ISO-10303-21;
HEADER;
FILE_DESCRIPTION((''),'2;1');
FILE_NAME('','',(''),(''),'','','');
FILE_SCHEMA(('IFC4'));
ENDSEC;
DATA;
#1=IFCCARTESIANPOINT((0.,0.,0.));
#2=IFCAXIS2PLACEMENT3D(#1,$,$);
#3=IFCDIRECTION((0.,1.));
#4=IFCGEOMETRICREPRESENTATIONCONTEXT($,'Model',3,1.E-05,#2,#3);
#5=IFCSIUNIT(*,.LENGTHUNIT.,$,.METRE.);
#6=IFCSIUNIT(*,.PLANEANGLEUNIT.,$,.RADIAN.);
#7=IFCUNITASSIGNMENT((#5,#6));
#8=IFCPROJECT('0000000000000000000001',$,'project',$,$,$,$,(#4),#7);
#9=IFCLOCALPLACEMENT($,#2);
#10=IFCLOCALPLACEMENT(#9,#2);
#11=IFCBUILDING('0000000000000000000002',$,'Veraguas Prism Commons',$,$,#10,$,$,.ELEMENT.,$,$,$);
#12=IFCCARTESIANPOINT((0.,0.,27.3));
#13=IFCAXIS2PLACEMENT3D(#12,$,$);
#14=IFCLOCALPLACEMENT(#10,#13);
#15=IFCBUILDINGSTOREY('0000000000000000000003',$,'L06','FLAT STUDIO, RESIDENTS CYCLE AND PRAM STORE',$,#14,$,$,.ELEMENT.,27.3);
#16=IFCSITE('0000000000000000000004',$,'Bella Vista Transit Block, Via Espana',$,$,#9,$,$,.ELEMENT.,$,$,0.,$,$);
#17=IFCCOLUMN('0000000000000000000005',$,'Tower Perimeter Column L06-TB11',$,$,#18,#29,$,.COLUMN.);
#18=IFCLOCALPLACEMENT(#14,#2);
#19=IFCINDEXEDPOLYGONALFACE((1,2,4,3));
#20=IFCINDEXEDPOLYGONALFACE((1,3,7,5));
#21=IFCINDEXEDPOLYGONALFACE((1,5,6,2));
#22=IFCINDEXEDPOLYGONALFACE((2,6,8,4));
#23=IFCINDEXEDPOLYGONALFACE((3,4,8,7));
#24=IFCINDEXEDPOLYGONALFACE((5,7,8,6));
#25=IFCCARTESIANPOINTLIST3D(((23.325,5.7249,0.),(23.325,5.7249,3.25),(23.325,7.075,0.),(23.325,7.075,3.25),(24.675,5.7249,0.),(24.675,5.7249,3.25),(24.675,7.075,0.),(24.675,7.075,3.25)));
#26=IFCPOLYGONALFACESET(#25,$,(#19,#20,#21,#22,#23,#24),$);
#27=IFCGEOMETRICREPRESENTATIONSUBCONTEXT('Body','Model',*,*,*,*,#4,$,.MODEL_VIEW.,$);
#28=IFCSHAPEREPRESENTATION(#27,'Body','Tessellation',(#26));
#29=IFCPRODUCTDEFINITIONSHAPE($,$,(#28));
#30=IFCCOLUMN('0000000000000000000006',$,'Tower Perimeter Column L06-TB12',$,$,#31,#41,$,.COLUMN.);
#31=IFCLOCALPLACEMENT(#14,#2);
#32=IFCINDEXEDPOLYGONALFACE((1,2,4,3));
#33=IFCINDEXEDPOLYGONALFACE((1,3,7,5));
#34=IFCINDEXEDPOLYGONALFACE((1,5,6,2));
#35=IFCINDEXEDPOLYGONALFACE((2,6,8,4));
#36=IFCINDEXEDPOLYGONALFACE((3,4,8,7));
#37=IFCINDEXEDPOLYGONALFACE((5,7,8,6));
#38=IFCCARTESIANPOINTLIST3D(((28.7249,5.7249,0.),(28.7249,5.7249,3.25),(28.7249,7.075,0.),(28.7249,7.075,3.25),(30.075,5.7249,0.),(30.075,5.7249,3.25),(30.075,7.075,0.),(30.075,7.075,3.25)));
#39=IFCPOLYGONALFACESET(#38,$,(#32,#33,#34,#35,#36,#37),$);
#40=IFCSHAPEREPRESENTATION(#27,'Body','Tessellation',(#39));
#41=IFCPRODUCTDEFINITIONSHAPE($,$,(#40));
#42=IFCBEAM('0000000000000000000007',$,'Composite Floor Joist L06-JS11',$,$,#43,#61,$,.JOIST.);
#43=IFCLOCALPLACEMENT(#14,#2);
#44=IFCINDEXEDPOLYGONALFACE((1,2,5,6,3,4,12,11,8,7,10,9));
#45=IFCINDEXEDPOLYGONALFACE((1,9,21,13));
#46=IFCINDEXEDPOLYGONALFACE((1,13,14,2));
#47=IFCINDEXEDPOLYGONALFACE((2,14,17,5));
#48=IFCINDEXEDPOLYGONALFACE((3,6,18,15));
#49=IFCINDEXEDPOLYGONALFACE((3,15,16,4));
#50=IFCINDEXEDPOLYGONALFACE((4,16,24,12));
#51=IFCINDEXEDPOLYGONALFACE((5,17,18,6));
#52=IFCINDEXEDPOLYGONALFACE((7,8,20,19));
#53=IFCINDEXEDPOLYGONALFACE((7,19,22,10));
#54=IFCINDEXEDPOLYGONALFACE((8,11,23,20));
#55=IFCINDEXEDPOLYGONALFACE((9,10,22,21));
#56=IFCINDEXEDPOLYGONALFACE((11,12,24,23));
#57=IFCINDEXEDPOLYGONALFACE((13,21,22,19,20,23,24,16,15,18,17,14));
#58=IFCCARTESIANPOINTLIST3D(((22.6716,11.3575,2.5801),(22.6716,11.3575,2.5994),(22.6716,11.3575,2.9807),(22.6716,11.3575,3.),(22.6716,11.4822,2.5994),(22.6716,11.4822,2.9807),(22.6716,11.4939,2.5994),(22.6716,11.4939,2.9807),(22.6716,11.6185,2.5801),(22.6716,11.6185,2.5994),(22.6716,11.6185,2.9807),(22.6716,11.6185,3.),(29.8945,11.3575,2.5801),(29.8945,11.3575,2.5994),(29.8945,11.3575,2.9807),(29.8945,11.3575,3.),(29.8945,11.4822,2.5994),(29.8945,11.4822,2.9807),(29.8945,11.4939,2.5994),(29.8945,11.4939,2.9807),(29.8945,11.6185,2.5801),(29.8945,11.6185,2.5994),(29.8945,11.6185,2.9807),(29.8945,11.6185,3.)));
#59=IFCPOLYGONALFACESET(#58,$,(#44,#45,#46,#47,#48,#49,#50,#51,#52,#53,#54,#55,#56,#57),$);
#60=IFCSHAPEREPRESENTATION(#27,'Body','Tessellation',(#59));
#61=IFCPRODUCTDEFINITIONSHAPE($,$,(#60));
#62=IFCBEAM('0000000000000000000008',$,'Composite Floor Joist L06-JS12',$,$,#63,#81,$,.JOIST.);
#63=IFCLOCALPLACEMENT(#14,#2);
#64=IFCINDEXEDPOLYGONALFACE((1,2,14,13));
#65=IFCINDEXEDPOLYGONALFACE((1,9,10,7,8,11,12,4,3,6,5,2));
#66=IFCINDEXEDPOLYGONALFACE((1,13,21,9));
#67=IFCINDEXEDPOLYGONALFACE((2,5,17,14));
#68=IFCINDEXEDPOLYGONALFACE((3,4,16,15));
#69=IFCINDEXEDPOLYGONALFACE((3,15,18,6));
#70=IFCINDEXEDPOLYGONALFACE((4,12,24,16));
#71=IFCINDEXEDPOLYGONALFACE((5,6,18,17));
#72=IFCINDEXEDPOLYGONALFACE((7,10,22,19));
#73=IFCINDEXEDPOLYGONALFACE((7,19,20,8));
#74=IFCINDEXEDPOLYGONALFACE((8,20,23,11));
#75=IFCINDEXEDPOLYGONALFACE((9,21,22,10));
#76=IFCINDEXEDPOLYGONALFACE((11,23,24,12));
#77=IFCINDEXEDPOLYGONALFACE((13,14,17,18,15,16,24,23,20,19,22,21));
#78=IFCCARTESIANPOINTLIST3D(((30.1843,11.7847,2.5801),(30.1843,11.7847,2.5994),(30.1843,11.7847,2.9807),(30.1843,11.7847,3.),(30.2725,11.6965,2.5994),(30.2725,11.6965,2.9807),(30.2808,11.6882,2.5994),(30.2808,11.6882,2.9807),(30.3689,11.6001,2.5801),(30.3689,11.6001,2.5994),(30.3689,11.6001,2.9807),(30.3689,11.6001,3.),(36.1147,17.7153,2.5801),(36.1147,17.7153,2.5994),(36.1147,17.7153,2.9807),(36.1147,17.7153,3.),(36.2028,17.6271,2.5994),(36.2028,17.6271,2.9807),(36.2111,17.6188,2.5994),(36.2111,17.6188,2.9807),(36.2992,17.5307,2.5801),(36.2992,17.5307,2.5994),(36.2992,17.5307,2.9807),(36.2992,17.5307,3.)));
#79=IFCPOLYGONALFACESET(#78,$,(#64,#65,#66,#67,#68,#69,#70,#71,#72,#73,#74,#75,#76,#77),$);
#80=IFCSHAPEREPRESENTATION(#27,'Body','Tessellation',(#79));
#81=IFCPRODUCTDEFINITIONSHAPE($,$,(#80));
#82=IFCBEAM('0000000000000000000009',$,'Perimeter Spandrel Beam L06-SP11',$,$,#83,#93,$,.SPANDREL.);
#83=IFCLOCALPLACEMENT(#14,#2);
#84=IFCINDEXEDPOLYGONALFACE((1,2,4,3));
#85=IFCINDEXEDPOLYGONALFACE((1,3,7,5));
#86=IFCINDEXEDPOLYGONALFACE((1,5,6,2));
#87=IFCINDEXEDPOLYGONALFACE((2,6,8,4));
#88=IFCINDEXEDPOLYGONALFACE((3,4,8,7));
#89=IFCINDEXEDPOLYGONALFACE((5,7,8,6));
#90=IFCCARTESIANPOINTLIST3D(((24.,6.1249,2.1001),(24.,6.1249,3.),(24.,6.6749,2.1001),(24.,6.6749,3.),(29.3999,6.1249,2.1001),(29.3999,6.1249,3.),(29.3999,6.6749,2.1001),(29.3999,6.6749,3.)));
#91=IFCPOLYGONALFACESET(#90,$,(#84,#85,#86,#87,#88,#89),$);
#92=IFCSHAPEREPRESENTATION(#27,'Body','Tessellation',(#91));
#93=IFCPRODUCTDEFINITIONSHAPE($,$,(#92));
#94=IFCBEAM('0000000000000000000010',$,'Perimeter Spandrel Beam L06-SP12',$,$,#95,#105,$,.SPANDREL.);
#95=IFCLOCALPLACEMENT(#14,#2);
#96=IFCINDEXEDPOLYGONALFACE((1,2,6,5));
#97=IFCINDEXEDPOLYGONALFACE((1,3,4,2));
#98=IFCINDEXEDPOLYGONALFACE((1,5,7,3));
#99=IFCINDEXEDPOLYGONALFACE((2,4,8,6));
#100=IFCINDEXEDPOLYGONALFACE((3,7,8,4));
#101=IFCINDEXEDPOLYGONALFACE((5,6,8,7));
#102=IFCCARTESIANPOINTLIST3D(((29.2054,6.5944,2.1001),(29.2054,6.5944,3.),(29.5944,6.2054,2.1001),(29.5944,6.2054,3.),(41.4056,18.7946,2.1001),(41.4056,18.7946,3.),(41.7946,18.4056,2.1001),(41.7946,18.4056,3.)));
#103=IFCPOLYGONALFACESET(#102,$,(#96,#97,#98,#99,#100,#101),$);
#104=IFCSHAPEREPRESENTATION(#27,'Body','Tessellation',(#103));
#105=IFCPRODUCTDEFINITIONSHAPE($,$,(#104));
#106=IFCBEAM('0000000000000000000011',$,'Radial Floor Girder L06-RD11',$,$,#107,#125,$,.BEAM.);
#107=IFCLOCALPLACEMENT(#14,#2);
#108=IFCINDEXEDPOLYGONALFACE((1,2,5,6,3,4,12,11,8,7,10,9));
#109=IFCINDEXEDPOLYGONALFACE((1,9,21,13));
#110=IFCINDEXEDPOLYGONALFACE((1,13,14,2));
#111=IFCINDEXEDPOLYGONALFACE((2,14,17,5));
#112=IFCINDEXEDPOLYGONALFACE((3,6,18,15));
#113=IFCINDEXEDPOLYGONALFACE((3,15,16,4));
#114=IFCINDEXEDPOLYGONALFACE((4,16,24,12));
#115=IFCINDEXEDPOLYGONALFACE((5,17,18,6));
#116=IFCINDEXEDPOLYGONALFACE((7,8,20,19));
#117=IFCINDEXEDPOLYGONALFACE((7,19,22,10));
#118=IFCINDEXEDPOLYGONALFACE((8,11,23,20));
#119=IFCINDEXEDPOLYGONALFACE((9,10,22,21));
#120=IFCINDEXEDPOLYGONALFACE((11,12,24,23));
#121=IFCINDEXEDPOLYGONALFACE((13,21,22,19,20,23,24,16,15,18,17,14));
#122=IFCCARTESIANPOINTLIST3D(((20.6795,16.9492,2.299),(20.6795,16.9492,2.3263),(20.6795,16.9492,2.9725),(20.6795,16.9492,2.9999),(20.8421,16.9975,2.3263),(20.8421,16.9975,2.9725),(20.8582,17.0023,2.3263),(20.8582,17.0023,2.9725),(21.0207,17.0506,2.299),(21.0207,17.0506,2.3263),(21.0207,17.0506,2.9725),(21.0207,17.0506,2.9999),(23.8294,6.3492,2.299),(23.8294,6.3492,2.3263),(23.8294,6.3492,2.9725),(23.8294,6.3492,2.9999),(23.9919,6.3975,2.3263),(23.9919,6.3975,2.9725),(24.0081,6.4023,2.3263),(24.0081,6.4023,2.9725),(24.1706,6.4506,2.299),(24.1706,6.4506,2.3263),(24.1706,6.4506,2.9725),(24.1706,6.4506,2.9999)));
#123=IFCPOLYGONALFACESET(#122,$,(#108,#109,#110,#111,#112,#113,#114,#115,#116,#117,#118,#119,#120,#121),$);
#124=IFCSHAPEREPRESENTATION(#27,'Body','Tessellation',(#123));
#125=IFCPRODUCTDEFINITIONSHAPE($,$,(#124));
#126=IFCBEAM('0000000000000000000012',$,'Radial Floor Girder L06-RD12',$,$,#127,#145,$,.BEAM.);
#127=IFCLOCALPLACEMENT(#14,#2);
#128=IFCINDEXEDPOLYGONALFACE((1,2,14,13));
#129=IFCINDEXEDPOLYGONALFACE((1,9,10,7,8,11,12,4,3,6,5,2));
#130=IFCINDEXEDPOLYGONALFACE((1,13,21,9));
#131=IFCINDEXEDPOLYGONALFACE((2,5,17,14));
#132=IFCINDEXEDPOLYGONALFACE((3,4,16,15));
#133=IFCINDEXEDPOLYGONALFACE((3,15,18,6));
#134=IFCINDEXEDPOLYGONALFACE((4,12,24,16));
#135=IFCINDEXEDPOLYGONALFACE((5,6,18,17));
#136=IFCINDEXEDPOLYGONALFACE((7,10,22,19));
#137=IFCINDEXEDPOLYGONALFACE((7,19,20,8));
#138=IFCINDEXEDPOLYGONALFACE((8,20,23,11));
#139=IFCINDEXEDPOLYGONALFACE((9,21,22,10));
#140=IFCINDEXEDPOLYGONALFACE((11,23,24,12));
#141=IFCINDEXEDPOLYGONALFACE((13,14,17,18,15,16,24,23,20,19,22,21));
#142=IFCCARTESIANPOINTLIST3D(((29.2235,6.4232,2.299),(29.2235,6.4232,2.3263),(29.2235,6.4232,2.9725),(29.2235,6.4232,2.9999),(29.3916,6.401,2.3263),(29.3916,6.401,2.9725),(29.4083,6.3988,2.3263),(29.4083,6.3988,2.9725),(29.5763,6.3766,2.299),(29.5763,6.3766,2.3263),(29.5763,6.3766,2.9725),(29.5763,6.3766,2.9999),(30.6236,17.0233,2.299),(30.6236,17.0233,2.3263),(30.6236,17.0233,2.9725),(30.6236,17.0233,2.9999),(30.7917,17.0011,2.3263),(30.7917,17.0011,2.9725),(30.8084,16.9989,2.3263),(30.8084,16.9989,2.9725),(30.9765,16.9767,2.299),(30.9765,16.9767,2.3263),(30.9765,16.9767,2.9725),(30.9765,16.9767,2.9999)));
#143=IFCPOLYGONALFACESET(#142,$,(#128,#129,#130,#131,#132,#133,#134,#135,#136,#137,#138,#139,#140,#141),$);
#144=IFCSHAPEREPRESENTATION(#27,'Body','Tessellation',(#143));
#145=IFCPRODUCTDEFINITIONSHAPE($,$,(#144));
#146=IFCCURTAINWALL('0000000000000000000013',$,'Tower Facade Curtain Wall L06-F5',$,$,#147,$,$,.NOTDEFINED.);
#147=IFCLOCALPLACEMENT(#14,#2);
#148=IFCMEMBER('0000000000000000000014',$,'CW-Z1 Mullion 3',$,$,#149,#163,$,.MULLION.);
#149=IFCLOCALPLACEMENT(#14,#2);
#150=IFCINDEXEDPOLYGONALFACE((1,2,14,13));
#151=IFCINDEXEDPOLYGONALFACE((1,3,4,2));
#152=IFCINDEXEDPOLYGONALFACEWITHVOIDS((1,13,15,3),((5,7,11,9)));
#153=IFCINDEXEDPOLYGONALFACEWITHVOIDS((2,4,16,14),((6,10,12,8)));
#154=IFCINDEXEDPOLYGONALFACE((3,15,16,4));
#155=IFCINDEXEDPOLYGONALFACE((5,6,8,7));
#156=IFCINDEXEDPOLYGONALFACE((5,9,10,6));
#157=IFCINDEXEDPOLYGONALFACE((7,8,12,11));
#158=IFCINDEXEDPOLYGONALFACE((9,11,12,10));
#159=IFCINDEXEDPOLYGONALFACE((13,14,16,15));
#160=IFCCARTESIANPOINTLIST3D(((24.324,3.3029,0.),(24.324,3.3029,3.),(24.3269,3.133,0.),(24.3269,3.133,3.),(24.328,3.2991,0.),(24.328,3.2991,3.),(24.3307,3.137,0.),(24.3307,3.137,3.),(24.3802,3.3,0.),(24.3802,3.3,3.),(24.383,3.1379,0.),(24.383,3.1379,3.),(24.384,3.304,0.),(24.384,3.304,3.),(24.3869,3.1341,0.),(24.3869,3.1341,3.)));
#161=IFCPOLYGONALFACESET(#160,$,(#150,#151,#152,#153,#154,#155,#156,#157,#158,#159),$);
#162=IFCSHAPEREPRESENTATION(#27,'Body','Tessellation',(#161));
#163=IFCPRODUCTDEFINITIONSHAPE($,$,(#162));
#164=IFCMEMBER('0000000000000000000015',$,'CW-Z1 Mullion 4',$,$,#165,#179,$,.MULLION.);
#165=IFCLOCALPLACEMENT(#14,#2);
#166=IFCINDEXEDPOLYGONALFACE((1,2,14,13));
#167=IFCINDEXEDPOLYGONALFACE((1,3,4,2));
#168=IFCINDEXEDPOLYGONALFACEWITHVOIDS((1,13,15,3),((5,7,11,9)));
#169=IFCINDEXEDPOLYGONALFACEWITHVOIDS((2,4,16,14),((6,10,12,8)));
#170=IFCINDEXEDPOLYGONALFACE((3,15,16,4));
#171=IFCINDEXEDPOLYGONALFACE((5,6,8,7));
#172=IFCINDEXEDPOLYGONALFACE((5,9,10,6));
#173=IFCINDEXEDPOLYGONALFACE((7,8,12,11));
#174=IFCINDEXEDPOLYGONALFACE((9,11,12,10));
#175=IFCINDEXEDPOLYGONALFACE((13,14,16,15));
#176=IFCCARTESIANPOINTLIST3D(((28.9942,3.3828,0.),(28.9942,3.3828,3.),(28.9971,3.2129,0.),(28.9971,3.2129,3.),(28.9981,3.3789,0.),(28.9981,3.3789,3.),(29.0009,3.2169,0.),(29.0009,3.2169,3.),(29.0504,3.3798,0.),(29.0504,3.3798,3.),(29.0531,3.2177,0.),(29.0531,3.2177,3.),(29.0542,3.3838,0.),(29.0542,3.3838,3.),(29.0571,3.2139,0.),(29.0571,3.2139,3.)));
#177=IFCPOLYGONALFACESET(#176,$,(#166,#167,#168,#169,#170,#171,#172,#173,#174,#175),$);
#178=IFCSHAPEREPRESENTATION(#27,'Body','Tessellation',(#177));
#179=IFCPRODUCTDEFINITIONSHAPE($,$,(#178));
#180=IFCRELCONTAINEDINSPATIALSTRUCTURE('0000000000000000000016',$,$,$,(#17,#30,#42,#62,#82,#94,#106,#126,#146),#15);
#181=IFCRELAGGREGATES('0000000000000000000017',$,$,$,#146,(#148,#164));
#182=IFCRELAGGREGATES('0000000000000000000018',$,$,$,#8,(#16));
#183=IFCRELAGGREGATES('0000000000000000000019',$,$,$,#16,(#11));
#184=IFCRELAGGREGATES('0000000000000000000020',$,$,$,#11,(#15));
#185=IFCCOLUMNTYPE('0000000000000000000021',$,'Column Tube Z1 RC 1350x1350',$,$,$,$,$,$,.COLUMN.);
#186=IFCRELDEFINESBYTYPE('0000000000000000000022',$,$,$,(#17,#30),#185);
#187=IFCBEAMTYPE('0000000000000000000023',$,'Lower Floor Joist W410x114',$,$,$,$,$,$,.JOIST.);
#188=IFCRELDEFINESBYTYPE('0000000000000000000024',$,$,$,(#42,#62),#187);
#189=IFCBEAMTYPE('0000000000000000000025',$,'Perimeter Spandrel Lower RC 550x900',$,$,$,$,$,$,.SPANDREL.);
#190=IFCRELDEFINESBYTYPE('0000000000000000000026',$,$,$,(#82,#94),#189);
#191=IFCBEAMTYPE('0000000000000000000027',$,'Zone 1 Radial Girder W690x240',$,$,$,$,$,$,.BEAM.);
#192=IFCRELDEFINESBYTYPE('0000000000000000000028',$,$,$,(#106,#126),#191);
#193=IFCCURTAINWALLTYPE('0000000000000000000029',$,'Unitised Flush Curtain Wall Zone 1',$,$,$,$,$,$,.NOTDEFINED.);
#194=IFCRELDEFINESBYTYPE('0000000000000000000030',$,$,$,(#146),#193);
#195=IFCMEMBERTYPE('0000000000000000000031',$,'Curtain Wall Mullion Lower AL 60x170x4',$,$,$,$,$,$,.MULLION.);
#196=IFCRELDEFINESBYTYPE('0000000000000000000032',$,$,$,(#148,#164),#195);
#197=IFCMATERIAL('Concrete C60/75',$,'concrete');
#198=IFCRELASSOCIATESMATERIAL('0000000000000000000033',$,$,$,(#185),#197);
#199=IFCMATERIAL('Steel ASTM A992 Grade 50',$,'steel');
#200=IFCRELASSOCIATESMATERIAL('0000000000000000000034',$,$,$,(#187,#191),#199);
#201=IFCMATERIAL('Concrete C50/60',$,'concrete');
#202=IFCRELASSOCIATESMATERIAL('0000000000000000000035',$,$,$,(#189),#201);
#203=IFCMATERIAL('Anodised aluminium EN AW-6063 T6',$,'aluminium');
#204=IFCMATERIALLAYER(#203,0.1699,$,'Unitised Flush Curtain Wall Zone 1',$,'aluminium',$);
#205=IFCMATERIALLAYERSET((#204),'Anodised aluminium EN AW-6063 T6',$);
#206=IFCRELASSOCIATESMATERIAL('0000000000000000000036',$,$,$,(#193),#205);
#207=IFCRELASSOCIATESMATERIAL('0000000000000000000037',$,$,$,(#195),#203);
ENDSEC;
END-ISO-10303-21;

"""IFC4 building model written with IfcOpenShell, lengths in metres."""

from ifc_helpers import new_model, si_unit, direction, frame, origin, origin_2d, place, context, subcontext, project, spatial, rectangle, hollow_rectangle, i_section, extrude, source, transform, mapped, material, layer, layer_set, material_profile, profile_set, type_object, element, aggregate, save


model = new_model("IFC4")

# Units and contexts
model_context = context("Model", 3, precision=1e-05, world=origin(), true_north=direction((0.0, 1.0)))
body_context = subcontext(model_context, "Body", "Model", "MODEL_VIEW")
ifc_project = project(units=[si_unit("LENGTHUNIT", "METRE"), si_unit("PLANEANGLEUNIT", "RADIAN")], contexts=[model_context])

# Site, building, storey
site_placement = place(None, origin())
site = spatial("IfcSite", under=ifc_project, at=site_placement, Name="Bella Vista Transit Block, Via Espana", CompositionType="ELEMENT", RefElevation=0.0)
building_placement = place(site_placement, origin())
building = spatial("IfcBuilding", under=site, at=building_placement, Name="Veraguas Prism Commons", CompositionType="ELEMENT")
storey_placement = place(building_placement, frame((0.0, 0.0, 27.3)))
storey = spatial("IfcBuildingStorey", under=building, at=storey_placement, Name="L06", Description="FLAT STUDIO, RESIDENTS CYCLE AND PRAM STORE", CompositionType="ELEMENT", Elevation=27.3)

# Columns
ifc_material_1 = material(Name="Concrete C60/75", Category="concrete")
ifc_material_profile_1 = material_profile(ifc_material_1, rectangle(XDim=1.3501, YDim=1.3501, at=origin_2d()), Name="RC1350X1350")
ifc_profile_set_1 = profile_set([ifc_material_profile_1], Name="Concrete C60/75")
column_type = type_object("IfcColumnType", Name="Column Tube Z1 RC 1350x1350", PredefinedType="COLUMN", material=ifc_profile_set_1)
for number, where, z_axis, x_axis, name in (
    (1, (24.0, 6.3999, 0.0), (0.0, 0.0, 1.0), (1.0, 0.0, 0.0), "Tower Perimeter Column L06-TB11"),
    (2, (29.3999, 6.3999, 0.0), (0.0, 0.0, 1.0), (1.0, 0.0, 0.0), "Tower Perimeter Column L06-TB12"),
):
    element("IfcColumn", number, at=place(storey_placement, frame(where, z_axis=z_axis, x_axis=x_axis)), inside=storey, type_object=column_type, Name=name, PredefinedType="COLUMN", context=body_context, shape_type="SweptSolid", body=[
        extrude(rectangle(XDim=1.3501, YDim=1.3501, at=origin_2d()), origin(), (0.0, 0.0, 1.0), 3.25),
    ])

# Beams
ifc_material_2 = material(Name="Steel ASTM A992 Grade 50", Category="steel")
ifc_material_profile_2 = material_profile(ifc_material_2, i_section(OverallWidth=0.261, OverallDepth=0.4199, WebThickness=0.0117, FlangeThickness=0.0193, at=origin_2d()), Name="W410X114")
ifc_profile_set_2 = profile_set([ifc_material_profile_2], Name="Steel ASTM A992 Grade 50")
beam_type_1 = type_object("IfcBeamType", Name="Lower Floor Joist W410x114", PredefinedType="JOIST", material=ifc_profile_set_2)
beam_1_placement = place(storey_placement, frame((22.6716, 11.488, 2.79), z_axis=(1.0, 0.0, 0.0), x_axis=(0.0, 1.0, 0.0)))
element("IfcBeam", 3, at=beam_1_placement, inside=storey, type_object=beam_type_1, Name="Composite Floor Joist L06-JS11", PredefinedType="JOIST", context=body_context, shape_type="SweptSolid", body=[
    extrude(i_section(OverallWidth=0.261, OverallDepth=0.4199, WebThickness=0.0117, FlangeThickness=0.0193, at=origin_2d()), origin(), (0.0, 0.0, 1.0), 7.2229),
])
beam_2_placement = place(storey_placement, frame((30.2766, 11.6924, 2.79), z_axis=(0.707092, 0.707121, 0.0), x_axis=(-0.707121, 0.707092, 0.0)))
element("IfcBeam", 4, at=beam_2_placement, inside=storey, type_object=beam_type_1, Name="Composite Floor Joist L06-JS12", PredefinedType="JOIST", context=body_context, shape_type="SweptSolid", body=[
    extrude(i_section(OverallWidth=0.261, OverallDepth=0.4199, WebThickness=0.0117, FlangeThickness=0.0193, at=origin_2d()), origin(), (0.0, 0.0, 1.0), 8.387),
])
ifc_material_3 = material(Name="Concrete C50/60", Category="concrete")
ifc_material_profile_3 = material_profile(ifc_material_3, rectangle(XDim=0.55, YDim=0.8999, at=origin_2d()), Name="RC550X900")
ifc_profile_set_3 = profile_set([ifc_material_profile_3], Name="Concrete C50/60")
beam_type_2 = type_object("IfcBeamType", Name="Perimeter Spandrel Lower RC 550x900", PredefinedType="SPANDREL", material=ifc_profile_set_3)
beam_3_placement = place(storey_placement, frame((24.0, 6.3999, 2.55), z_axis=(1.0, 0.0, 0.0), x_axis=(0.0, 1.0, 0.0)))
element("IfcBeam", 5, at=beam_3_placement, inside=storey, type_object=beam_type_2, Name="Perimeter Spandrel Beam L06-SP11", PredefinedType="SPANDREL", context=body_context, shape_type="SweptSolid", body=[
    extrude(rectangle(XDim=0.55, YDim=0.8999, at=origin_2d()), origin(), (0.0, 0.0, 1.0), 5.3999),
])
beam_4_placement = place(storey_placement, frame((29.3999, 6.3999, 2.55), z_axis=(0.707107, 0.707107, 0.0), x_axis=(-0.707107, 0.707107, 0.0)))
element("IfcBeam", 6, at=beam_4_placement, inside=storey, type_object=beam_type_2, Name="Perimeter Spandrel Beam L06-SP12", PredefinedType="SPANDREL", context=body_context, shape_type="SweptSolid", body=[
    extrude(rectangle(XDim=0.55, YDim=0.8999, at=origin_2d()), origin(), (0.0, 0.0, 1.0), 17.2537),
])
ifc_material_profile_4 = material_profile(ifc_material_2, i_section(OverallWidth=0.356, OverallDepth=0.7009, WebThickness=0.0168, FlangeThickness=0.0273, at=origin_2d()), Name="W690X240")
ifc_profile_set_4 = profile_set([ifc_material_profile_4], Name="Steel ASTM A992 Grade 50")
beam_type_3 = type_object("IfcBeamType", Name="Zone 1 Radial Girder W690x240", PredefinedType="BEAM", material=ifc_profile_set_4)
beam_5_placement = place(storey_placement, frame((24.0, 6.3999, 2.6494), z_axis=(-0.284847, 0.958573, 0.0), x_axis=(-0.958573, -0.284847, 0.0)))
element("IfcBeam", 7, at=beam_5_placement, inside=storey, type_object=beam_type_3, Name="Radial Floor Girder L06-RD11", PredefinedType="BEAM", context=body_context, shape_type="SweptSolid", body=[
    extrude(i_section(OverallWidth=0.356, OverallDepth=0.7009, WebThickness=0.0168, FlangeThickness=0.0273, at=origin_2d()), origin(), (0.0, 0.0, 1.0), 11.0581),
])
beam_6_placement = place(storey_placement, frame((29.3999, 6.3999, 2.6494), z_axis=(0.130951, 0.991389, 0.0), x_axis=(-0.991389, 0.130951, 0.0)))
element("IfcBeam", 8, at=beam_6_placement, inside=storey, type_object=beam_type_3, Name="Radial Floor Girder L06-RD12", PredefinedType="BEAM", context=body_context, shape_type="SweptSolid", body=[
    extrude(i_section(OverallWidth=0.356, OverallDepth=0.7009, WebThickness=0.0168, FlangeThickness=0.0273, at=origin_2d()), origin(), (0.0, 0.0, 1.0), 10.6921),
])

# Curtain wall, members
ifc_material_4 = material(Name="Anodised aluminium EN AW-6063 T6", Category="aluminium")
ifc_layer_1 = layer(ifc_material_4, 0.1699, Name="Unitised Flush Curtain Wall Zone 1", Category="aluminium")
ifc_layer_set_1 = layer_set([ifc_layer_1], Name="Anodised aluminium EN AW-6063 T6")
curtain_wall_type = type_object("IfcCurtainWallType", Name="Unitised Flush Curtain Wall Zone 1", PredefinedType="NOTDEFINED", material=ifc_layer_set_1)
curtain_wall_placement = place(storey_placement, origin())
curtain_wall = element("IfcCurtainWall", 9, at=curtain_wall_placement, inside=storey, type_object=curtain_wall_type, Name="Tower Facade Curtain Wall L06-F5", PredefinedType="NOTDEFINED")
ifc_material_profile_5 = material_profile(ifc_material_4, hollow_rectangle(XDim=0.0601, YDim=0.1699, WallThickness=0.0039, at=origin_2d()), Name="AL60X170X4")
ifc_profile_set_5 = profile_set([ifc_material_profile_5], Name="Anodised aluminium EN AW-6063 T6")
member_type = type_object("IfcMemberType", Name="Curtain Wall Mullion Lower AL 60x170x4", PredefinedType="MULLION", material=ifc_profile_set_5)
shared_shape_1 = source(origin(), body_context, "Body", "SweptSolid", [
    extrude(hollow_rectangle(XDim=0.0601, YDim=0.1699, WallThickness=0.0039, at=origin_2d()), origin(), (0.0, 0.0, 1.0), 3.0),
])
member_1_placement = place(storey_placement, frame((24.3555, 3.2185, 0.0), z_axis=(0.0, 0.0, 1.0), x_axis=(0.999854, 0.017105, 0.0)))
member_1 = element("IfcMember", 10, at=member_1_placement, type_object=member_type, Name="CW-Z1 Mullion 3", PredefinedType="MULLION", context=body_context, shape_type="MappedRepresentation", body=[
    mapped(shared_shape_1, transform((0.0, 0.0, 0.0), scale=1.0)),
])
member_2_placement = place(storey_placement, frame((29.0256, 3.2983, 0.0), z_axis=(0.0, 0.0, 1.0), x_axis=(0.999854, 0.017105, 0.0)))
member_2 = element("IfcMember", 11, at=member_2_placement, type_object=member_type, Name="CW-Z1 Mullion 4", PredefinedType="MULLION", context=body_context, shape_type="MappedRepresentation", body=[
    mapped(shared_shape_1, transform((0.0, 0.0, 0.0), scale=1.0)),
])
aggregate(curtain_wall, [member_1, member_2])

save(model, "model.ifc")
